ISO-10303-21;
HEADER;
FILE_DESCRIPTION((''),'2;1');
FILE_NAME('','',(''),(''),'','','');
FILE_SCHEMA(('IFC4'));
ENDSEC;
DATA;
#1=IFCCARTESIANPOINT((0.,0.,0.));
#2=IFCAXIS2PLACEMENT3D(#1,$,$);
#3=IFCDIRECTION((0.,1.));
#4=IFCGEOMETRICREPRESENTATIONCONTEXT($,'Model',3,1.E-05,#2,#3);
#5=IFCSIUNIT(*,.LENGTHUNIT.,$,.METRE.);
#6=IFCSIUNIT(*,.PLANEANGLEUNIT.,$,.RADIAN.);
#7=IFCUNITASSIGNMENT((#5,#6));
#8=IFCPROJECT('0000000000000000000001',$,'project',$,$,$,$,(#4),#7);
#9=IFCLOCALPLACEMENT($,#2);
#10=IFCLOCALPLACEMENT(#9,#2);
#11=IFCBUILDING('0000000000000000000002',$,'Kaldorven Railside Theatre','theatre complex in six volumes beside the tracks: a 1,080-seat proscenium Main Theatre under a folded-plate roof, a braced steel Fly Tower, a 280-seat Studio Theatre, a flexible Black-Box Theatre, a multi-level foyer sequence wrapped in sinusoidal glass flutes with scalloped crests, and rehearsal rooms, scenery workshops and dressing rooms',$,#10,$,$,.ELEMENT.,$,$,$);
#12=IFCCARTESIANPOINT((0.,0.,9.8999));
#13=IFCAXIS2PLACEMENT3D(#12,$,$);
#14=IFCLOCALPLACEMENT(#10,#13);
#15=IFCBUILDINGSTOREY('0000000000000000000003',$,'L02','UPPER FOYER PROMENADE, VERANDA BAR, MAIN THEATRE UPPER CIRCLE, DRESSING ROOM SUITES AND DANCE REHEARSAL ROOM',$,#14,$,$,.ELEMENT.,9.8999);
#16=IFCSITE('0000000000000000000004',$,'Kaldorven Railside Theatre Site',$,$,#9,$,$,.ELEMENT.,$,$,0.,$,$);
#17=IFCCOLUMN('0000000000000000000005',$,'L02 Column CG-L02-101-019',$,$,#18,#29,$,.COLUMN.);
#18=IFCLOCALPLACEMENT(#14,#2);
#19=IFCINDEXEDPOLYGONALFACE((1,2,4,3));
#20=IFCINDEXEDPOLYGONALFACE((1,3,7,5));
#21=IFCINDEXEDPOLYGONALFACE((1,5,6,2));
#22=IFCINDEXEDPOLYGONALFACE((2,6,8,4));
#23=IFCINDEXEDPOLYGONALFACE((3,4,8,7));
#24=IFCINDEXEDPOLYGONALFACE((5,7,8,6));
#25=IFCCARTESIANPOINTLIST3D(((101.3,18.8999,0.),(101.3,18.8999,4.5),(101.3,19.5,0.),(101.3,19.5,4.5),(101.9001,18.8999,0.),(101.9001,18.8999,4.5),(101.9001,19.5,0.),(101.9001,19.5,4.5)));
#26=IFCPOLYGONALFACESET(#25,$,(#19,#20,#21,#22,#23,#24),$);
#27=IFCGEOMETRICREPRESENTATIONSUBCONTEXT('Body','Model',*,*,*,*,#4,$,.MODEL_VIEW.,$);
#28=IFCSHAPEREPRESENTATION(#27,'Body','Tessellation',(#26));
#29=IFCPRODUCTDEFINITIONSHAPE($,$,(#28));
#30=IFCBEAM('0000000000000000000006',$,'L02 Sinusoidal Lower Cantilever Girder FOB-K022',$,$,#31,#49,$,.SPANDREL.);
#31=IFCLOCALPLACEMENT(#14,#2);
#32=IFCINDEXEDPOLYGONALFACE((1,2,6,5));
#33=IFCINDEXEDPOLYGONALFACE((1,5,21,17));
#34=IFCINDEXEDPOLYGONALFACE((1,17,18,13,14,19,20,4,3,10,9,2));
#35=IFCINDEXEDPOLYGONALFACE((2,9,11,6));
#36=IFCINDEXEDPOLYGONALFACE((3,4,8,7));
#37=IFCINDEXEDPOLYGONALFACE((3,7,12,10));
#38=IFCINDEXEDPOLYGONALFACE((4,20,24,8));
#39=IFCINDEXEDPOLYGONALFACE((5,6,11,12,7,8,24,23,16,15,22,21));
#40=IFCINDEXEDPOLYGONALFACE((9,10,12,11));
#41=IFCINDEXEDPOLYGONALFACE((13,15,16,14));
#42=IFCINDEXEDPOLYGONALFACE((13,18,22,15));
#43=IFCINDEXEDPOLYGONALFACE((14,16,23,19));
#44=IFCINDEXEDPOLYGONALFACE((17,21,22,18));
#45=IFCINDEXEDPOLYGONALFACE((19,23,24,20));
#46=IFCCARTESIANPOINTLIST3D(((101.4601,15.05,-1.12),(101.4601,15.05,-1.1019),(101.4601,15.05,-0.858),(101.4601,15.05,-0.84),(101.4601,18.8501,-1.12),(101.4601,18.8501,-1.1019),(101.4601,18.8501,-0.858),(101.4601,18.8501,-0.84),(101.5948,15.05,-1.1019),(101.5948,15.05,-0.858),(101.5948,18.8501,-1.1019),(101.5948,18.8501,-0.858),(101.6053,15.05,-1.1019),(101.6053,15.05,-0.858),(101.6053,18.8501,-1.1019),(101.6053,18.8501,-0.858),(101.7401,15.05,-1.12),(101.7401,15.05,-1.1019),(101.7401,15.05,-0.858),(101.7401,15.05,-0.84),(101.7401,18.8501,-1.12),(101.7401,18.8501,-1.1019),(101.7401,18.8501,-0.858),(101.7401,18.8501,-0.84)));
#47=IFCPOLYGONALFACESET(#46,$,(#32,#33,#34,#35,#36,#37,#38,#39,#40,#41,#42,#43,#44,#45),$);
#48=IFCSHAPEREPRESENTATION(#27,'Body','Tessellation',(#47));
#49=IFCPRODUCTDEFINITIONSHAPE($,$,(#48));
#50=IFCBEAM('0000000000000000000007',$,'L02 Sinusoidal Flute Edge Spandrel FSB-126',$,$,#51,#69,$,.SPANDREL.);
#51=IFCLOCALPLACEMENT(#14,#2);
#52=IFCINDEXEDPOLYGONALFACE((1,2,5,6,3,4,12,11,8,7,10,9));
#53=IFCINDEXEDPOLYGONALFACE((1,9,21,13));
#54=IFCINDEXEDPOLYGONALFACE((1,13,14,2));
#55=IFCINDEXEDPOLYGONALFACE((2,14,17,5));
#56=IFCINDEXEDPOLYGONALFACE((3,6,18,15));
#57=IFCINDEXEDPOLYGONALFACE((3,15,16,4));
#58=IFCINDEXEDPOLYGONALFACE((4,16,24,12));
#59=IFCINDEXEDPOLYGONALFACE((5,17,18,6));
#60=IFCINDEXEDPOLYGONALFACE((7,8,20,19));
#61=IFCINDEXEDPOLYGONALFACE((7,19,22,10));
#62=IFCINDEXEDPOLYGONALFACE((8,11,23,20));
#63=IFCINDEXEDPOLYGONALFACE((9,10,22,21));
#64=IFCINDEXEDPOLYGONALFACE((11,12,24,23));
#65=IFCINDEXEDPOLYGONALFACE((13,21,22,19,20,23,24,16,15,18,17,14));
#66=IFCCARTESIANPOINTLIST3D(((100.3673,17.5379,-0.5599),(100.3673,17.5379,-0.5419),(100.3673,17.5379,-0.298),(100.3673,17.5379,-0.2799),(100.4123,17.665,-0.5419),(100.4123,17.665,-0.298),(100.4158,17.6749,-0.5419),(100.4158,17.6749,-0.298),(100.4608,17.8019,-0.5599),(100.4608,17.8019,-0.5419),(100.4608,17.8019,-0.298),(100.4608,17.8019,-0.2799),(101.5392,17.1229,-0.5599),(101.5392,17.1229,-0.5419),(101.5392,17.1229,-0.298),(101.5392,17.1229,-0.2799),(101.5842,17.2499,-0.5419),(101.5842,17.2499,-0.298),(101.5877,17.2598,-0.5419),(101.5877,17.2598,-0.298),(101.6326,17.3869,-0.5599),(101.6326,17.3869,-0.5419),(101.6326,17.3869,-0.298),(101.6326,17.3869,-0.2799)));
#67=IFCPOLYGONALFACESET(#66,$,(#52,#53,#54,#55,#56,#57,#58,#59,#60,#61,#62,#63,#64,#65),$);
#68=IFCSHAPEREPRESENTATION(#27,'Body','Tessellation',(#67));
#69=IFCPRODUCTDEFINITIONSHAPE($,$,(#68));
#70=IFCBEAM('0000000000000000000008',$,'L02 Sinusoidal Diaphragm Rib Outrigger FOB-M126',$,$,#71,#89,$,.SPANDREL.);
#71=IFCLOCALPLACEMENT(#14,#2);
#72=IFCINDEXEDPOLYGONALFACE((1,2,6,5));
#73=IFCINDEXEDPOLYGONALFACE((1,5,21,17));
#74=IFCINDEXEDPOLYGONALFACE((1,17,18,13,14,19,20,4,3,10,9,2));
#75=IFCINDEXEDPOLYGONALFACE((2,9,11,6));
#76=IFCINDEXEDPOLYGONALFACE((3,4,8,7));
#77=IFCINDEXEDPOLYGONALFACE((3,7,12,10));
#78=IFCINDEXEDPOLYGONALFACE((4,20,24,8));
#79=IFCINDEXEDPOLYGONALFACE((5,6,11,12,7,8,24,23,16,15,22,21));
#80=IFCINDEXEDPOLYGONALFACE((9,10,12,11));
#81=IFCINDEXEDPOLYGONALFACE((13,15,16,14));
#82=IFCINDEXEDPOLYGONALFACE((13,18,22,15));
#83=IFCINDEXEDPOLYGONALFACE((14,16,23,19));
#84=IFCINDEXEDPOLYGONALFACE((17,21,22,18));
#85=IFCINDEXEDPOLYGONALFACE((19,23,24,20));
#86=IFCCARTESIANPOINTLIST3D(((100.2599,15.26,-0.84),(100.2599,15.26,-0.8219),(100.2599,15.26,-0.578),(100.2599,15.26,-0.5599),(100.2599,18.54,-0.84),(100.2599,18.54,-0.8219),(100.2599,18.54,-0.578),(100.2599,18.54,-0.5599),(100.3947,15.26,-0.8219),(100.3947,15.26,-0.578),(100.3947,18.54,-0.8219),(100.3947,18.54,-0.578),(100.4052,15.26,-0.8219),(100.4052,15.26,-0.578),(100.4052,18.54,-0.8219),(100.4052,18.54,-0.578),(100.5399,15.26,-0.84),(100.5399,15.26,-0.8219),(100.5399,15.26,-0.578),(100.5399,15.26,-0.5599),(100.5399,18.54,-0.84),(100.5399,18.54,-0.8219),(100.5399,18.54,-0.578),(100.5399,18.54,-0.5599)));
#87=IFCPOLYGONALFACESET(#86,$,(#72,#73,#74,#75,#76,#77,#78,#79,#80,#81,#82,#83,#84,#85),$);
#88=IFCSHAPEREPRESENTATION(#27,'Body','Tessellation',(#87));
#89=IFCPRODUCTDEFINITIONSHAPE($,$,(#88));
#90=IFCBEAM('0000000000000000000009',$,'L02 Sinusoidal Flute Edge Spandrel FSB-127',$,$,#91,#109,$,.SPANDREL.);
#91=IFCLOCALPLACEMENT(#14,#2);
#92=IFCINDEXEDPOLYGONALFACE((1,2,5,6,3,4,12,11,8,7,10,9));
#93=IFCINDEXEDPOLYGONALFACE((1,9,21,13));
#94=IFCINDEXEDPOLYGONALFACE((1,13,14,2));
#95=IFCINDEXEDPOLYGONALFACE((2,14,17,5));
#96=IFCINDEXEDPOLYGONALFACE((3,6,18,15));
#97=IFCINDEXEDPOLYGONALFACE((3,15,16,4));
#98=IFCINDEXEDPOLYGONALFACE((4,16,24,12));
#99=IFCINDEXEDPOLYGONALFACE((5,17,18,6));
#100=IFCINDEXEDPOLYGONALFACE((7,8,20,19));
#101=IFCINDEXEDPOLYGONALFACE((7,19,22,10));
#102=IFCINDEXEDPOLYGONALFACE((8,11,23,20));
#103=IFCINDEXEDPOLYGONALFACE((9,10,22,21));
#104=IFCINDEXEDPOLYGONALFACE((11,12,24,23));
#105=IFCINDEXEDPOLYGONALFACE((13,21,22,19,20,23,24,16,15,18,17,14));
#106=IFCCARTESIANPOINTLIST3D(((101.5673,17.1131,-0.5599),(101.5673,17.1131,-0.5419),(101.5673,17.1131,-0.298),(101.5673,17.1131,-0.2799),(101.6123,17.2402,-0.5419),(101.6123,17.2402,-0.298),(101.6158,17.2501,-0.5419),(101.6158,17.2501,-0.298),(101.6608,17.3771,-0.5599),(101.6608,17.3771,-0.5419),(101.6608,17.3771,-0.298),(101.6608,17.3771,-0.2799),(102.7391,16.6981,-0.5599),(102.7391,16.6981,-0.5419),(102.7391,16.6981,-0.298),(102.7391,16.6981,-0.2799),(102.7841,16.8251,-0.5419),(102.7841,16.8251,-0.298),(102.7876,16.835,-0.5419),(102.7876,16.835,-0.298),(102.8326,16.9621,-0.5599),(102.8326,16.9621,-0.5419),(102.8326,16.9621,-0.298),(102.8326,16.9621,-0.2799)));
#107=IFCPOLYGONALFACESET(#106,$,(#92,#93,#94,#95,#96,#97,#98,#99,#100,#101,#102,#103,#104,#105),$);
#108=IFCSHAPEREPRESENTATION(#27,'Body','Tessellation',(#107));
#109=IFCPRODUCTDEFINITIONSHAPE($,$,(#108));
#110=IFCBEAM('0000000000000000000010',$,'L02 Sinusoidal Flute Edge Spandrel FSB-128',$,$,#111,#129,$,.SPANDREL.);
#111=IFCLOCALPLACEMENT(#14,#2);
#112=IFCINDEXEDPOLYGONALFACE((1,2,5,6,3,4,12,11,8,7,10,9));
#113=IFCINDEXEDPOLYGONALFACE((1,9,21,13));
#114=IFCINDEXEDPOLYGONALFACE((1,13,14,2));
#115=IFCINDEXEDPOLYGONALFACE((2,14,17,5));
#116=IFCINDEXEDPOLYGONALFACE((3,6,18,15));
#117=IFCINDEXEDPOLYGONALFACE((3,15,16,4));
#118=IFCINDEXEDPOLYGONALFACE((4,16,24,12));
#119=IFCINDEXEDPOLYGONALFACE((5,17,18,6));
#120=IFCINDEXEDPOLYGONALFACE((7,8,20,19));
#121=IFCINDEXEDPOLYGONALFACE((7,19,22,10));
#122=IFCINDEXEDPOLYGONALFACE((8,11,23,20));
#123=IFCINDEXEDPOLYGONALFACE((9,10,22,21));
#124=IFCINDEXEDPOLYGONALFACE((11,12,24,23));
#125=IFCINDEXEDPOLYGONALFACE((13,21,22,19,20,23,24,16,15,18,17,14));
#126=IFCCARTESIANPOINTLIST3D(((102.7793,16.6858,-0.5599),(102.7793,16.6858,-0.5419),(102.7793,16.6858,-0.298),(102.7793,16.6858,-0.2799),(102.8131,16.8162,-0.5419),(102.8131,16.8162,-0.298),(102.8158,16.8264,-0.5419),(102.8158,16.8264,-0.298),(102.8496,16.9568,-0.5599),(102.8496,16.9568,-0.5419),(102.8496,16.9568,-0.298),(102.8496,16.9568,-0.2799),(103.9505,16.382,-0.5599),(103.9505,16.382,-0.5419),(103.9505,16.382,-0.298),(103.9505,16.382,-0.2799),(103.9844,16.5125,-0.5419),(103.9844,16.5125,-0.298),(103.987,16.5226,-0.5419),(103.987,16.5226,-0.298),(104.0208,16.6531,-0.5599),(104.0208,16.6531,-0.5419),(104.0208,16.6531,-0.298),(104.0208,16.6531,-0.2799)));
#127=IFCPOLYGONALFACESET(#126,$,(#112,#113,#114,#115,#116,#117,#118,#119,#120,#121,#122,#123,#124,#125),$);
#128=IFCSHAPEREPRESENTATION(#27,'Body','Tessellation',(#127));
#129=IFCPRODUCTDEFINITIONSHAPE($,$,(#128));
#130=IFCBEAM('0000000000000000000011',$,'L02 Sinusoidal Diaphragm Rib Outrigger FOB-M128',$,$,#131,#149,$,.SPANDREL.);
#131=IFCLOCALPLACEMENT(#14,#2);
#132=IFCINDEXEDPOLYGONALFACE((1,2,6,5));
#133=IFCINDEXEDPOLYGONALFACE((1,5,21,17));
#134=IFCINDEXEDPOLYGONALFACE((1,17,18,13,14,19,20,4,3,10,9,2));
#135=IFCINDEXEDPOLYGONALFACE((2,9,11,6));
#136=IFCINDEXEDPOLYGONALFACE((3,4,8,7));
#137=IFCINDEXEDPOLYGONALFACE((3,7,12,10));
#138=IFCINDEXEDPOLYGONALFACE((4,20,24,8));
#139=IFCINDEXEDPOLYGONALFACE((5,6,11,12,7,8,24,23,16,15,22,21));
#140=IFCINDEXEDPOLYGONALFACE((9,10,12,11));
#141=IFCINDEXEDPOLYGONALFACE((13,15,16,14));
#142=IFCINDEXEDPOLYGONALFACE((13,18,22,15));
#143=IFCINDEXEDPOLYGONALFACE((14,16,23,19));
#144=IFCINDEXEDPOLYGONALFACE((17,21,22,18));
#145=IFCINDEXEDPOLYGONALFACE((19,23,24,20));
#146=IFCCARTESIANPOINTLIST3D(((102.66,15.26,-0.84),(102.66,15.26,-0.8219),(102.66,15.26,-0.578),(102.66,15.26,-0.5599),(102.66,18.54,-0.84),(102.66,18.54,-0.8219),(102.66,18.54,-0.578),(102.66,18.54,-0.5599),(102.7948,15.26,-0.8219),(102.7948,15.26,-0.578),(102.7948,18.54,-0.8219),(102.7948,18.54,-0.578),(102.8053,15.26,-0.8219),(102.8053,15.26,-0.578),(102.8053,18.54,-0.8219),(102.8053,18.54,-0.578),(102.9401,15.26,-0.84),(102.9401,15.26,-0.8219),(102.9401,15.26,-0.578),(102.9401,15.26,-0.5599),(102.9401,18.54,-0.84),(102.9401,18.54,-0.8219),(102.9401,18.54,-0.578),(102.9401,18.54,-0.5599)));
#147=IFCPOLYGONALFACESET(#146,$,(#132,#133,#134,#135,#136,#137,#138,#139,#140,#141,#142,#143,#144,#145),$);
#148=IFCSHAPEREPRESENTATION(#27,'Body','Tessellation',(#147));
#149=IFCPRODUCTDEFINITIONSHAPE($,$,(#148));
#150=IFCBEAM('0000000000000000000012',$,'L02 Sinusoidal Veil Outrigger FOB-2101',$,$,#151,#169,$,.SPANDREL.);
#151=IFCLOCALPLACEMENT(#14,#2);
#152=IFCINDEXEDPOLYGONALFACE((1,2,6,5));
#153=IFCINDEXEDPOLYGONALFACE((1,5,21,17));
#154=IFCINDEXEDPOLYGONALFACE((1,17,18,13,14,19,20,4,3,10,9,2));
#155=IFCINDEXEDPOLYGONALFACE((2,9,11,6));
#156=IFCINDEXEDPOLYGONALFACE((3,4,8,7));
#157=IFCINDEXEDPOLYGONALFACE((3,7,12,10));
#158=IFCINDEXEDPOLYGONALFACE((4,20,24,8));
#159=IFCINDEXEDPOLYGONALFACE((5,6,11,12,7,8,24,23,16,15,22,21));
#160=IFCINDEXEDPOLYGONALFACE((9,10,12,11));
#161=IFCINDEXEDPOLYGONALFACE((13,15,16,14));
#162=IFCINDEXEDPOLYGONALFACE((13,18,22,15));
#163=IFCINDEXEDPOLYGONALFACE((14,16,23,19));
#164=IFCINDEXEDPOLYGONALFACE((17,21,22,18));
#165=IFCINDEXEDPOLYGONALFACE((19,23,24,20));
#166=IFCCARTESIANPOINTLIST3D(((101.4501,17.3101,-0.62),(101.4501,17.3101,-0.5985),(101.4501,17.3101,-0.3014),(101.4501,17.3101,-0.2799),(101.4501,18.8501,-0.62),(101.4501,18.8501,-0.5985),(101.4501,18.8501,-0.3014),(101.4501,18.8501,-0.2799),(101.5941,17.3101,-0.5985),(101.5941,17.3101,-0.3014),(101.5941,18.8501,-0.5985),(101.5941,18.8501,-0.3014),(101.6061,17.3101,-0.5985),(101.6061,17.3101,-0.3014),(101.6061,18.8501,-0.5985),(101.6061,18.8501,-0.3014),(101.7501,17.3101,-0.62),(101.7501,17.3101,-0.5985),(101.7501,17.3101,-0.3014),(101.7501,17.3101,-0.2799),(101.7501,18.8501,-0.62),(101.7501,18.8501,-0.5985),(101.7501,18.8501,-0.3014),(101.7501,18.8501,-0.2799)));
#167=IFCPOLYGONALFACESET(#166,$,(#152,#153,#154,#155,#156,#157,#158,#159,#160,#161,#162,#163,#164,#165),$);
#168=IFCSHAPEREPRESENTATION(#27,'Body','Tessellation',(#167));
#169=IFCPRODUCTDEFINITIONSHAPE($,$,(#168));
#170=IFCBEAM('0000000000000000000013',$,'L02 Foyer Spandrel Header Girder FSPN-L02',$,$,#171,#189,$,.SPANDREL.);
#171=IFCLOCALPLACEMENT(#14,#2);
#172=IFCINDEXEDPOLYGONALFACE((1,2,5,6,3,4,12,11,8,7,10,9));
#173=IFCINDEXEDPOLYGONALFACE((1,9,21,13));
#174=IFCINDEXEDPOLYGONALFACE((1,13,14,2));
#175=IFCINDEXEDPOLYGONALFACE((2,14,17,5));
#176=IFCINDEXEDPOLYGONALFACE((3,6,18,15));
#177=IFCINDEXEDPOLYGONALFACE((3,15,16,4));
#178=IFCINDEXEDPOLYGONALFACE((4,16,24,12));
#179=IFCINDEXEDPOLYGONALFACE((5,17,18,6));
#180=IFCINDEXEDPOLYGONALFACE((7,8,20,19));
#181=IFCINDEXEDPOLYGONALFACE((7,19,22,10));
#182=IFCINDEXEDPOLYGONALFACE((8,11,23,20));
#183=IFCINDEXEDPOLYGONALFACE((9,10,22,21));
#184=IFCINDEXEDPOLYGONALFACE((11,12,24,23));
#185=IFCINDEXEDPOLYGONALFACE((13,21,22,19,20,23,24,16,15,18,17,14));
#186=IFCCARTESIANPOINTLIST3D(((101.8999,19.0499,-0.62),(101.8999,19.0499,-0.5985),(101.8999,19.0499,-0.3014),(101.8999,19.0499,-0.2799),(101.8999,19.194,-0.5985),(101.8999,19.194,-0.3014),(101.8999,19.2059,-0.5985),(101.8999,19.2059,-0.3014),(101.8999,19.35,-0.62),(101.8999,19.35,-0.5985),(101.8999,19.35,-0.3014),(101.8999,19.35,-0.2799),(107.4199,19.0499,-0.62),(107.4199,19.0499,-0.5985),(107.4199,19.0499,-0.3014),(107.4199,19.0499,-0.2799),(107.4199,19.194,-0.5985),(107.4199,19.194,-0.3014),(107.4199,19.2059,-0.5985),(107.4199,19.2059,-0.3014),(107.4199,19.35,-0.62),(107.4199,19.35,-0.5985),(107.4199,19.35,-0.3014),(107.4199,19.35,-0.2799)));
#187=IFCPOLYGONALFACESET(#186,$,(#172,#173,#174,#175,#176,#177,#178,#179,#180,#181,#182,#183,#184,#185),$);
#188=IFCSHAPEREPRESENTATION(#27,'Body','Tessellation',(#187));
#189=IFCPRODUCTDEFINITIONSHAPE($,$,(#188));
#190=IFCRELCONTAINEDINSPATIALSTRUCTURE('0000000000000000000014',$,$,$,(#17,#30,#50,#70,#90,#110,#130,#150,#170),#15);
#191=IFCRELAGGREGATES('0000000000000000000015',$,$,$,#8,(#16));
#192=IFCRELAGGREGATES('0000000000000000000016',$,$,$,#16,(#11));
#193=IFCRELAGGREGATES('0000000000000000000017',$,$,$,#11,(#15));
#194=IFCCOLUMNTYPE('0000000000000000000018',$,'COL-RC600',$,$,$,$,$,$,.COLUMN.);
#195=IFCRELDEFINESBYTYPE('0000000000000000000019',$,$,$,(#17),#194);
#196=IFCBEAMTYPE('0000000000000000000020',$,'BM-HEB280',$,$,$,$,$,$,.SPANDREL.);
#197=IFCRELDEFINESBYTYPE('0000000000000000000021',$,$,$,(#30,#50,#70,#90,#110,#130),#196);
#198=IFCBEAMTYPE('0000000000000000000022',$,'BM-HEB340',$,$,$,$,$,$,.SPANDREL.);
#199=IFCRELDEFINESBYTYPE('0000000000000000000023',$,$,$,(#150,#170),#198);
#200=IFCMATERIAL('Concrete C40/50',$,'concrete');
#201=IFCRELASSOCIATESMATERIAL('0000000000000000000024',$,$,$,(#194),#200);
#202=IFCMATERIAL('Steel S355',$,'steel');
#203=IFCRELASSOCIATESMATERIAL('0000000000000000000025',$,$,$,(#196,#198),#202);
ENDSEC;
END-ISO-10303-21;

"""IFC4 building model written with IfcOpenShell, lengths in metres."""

from ifc_helpers import new_model, si_unit, direction, frame, origin, origin_2d, place, context, subcontext, project, spatial, rectangle, i_section, extrude, material, material_profile, profile_set, type_object, element, save


model = new_model("IFC4")

# Units and contexts
model_context = context("Model", 3, precision=1e-05, world=origin(), true_north=direction((0.0, 1.0)))
body_context = subcontext(model_context, "Body", "Model", "MODEL_VIEW")
ifc_project = project(units=[si_unit("LENGTHUNIT", "METRE"), si_unit("PLANEANGLEUNIT", "RADIAN")], contexts=[model_context])

# Site, building, storey
site_placement = place(None, origin())
site = spatial("IfcSite", under=ifc_project, at=site_placement, Name="Kaldorven Railside Theatre Site", CompositionType="ELEMENT", RefElevation=0.0)
building_placement = place(site_placement, origin())
building = spatial("IfcBuilding", under=site, at=building_placement, Name="Kaldorven Railside Theatre", Description="theatre complex in six volumes beside the tracks: a 1,080-seat proscenium Main Theatre under a folded-plate roof, a braced steel Fly Tower, a 280-seat Studio Theatre, a flexible Black-Box Theatre, a multi-level foyer sequence wrapped in sinusoidal glass flutes with scalloped crests, and rehearsal rooms, scenery workshops and dressing rooms", CompositionType="ELEMENT")
storey_placement = place(building_placement, frame((0.0, 0.0, 9.8999)))
storey = spatial("IfcBuildingStorey", under=building, at=storey_placement, Name="L02", Description="UPPER FOYER PROMENADE, VERANDA BAR, MAIN THEATRE UPPER CIRCLE, DRESSING ROOM SUITES AND DANCE REHEARSAL ROOM", CompositionType="ELEMENT", Elevation=9.8999)

# Column
ifc_material_1 = material(Name="Concrete C40/50", Category="concrete")
ifc_material_profile_1 = material_profile(ifc_material_1, rectangle(XDim=0.6001, YDim=0.6001, at=origin_2d()), Name="RC 600x600")
ifc_profile_set_1 = profile_set([ifc_material_profile_1], Name="Concrete C40/50")
column_type = type_object("IfcColumnType", Name="COL-RC600", PredefinedType="COLUMN", material=ifc_profile_set_1)
column_placement = place(storey_placement, frame((101.6001, 19.2, 0.0), z_axis=(0.0, 0.0, 1.0), x_axis=(1.0, 0.0, 0.0)))
element("IfcColumn", 1, at=column_placement, inside=storey, type_object=column_type, Name="L02 Column CG-L02-101-019", PredefinedType="COLUMN", context=body_context, shape_type="SweptSolid", body=[
    extrude(rectangle(XDim=0.6001, YDim=0.6001, at=origin_2d()), origin(), (0.0, 0.0, 1.0), 4.5),
])

# Beams
ifc_material_2 = material(Name="Steel S355", Category="steel")
ifc_material_profile_2 = material_profile(ifc_material_2, i_section(OverallWidth=0.28, OverallDepth=0.28, WebThickness=0.0105, FlangeThickness=0.0181, at=origin_2d()), Name="HEB 280")
ifc_profile_set_2 = profile_set([ifc_material_profile_2], Name="Steel S355")
beam_type_1 = type_object("IfcBeamType", Name="BM-HEB280", PredefinedType="SPANDREL", material=ifc_profile_set_2)
beam_1_placement = place(storey_placement, frame((101.6001, 15.05, -0.98), z_axis=(0.0, 1.0, 0.0), x_axis=(-1.0, 0.0, 0.0)))
element("IfcBeam", 2, at=beam_1_placement, inside=storey, type_object=beam_type_1, Name="L02 Sinusoidal Lower Cantilever Girder FOB-K022", PredefinedType="SPANDREL", context=body_context, shape_type="SweptSolid", body=[
    extrude(i_section(OverallWidth=0.28, OverallDepth=0.28, WebThickness=0.0105, FlangeThickness=0.0181, at=origin_2d()), origin(), (0.0, 0.0, 1.0), 3.8),
])
beam_2_placement = place(storey_placement, frame((100.4141, 17.6699, -0.4199), z_axis=(0.942627, -0.333847, 0.0), x_axis=(0.333847, 0.942627, 0.0)))
element("IfcBeam", 3, at=beam_2_placement, inside=storey, type_object=beam_type_1, Name="L02 Sinusoidal Flute Edge Spandrel FSB-126", PredefinedType="SPANDREL", context=body_context, shape_type="SweptSolid", body=[
    extrude(i_section(OverallWidth=0.28, OverallDepth=0.28, WebThickness=0.0105, FlangeThickness=0.0181, at=origin_2d()), origin(), (0.0, 0.0, 1.0), 1.2432),
])
beam_3_placement = place(storey_placement, frame((100.3999, 15.26, -0.7), z_axis=(0.0, 1.0, 0.0), x_axis=(-1.0, 0.0, 0.0)))
element("IfcBeam", 4, at=beam_3_placement, inside=storey, type_object=beam_type_1, Name="L02 Sinusoidal Diaphragm Rib Outrigger FOB-M126", PredefinedType="SPANDREL", context=body_context, shape_type="SweptSolid", body=[
    extrude(i_section(OverallWidth=0.28, OverallDepth=0.28, WebThickness=0.0105, FlangeThickness=0.0181, at=origin_2d()), origin(), (0.0, 0.0, 1.0), 3.28),
])
beam_4_placement = place(storey_placement, frame((101.614, 17.2451, -0.4199), z_axis=(0.942627, -0.333847, 0.0), x_axis=(0.333847, 0.942627, 0.0)))
element("IfcBeam", 5, at=beam_4_placement, inside=storey, type_object=beam_type_1, Name="L02 Sinusoidal Flute Edge Spandrel FSB-127", PredefinedType="SPANDREL", context=body_context, shape_type="SweptSolid", body=[
    extrude(i_section(OverallWidth=0.28, OverallDepth=0.28, WebThickness=0.0105, FlangeThickness=0.0181, at=origin_2d()), origin(), (0.0, 0.0, 1.0), 1.2432),
])
beam_5_placement = place(storey_placement, frame((102.8145, 16.8213, -0.4199), z_axis=(0.967981, -0.251025, 0.0), x_axis=(0.251025, 0.967981, 0.0)))
element("IfcBeam", 6, at=beam_5_placement, inside=storey, type_object=beam_type_1, Name="L02 Sinusoidal Flute Edge Spandrel FSB-128", PredefinedType="SPANDREL", context=body_context, shape_type="SweptSolid", body=[
    extrude(i_section(OverallWidth=0.28, OverallDepth=0.28, WebThickness=0.0105, FlangeThickness=0.0181, at=origin_2d()), origin(), (0.0, 0.0, 1.0), 1.21),
])
beam_6_placement = place(storey_placement, frame((102.8, 15.26, -0.7), z_axis=(0.0, 1.0, 0.0), x_axis=(-1.0, 0.0, 0.0)))
element("IfcBeam", 7, at=beam_6_placement, inside=storey, type_object=beam_type_1, Name="L02 Sinusoidal Diaphragm Rib Outrigger FOB-M128", PredefinedType="SPANDREL", context=body_context, shape_type="SweptSolid", body=[
    extrude(i_section(OverallWidth=0.28, OverallDepth=0.28, WebThickness=0.0105, FlangeThickness=0.0181, at=origin_2d()), origin(), (0.0, 0.0, 1.0), 3.28),
])
ifc_material_profile_3 = material_profile(ifc_material_2, i_section(OverallWidth=0.3, OverallDepth=0.3401, WebThickness=0.012, FlangeThickness=0.0215, at=origin_2d()), Name="HEB 340")
ifc_profile_set_3 = profile_set([ifc_material_profile_3], Name="Steel S355")
beam_type_2 = type_object("IfcBeamType", Name="BM-HEB340", PredefinedType="SPANDREL", material=ifc_profile_set_3)
beam_7_placement = place(storey_placement, frame((101.6001, 17.3101, -0.45), z_axis=(0.0, 1.0, 0.0), x_axis=(-1.0, 0.0, 0.0)))
element("IfcBeam", 8, at=beam_7_placement, inside=storey, type_object=beam_type_2, Name="L02 Sinusoidal Veil Outrigger FOB-2101", PredefinedType="SPANDREL", context=body_context, shape_type="SweptSolid", body=[
    extrude(i_section(OverallWidth=0.3, OverallDepth=0.3401, WebThickness=0.012, FlangeThickness=0.0215, at=origin_2d()), origin(), (0.0, 0.0, 1.0), 1.54),
])
beam_8_placement = place(storey_placement, frame((101.8999, 19.2, -0.45), z_axis=(1.0, 0.0, 0.0), x_axis=(0.0, 1.0, 0.0)))
element("IfcBeam", 9, at=beam_8_placement, inside=storey, type_object=beam_type_2, Name="L02 Foyer Spandrel Header Girder FSPN-L02", PredefinedType="SPANDREL", context=body_context, shape_type="SweptSolid", body=[
    extrude(i_section(OverallWidth=0.3, OverallDepth=0.3401, WebThickness=0.012, FlangeThickness=0.0215, at=origin_2d()), origin(), (0.0, 0.0, 1.0), 5.52),
])

save(model, "model.ifc")
